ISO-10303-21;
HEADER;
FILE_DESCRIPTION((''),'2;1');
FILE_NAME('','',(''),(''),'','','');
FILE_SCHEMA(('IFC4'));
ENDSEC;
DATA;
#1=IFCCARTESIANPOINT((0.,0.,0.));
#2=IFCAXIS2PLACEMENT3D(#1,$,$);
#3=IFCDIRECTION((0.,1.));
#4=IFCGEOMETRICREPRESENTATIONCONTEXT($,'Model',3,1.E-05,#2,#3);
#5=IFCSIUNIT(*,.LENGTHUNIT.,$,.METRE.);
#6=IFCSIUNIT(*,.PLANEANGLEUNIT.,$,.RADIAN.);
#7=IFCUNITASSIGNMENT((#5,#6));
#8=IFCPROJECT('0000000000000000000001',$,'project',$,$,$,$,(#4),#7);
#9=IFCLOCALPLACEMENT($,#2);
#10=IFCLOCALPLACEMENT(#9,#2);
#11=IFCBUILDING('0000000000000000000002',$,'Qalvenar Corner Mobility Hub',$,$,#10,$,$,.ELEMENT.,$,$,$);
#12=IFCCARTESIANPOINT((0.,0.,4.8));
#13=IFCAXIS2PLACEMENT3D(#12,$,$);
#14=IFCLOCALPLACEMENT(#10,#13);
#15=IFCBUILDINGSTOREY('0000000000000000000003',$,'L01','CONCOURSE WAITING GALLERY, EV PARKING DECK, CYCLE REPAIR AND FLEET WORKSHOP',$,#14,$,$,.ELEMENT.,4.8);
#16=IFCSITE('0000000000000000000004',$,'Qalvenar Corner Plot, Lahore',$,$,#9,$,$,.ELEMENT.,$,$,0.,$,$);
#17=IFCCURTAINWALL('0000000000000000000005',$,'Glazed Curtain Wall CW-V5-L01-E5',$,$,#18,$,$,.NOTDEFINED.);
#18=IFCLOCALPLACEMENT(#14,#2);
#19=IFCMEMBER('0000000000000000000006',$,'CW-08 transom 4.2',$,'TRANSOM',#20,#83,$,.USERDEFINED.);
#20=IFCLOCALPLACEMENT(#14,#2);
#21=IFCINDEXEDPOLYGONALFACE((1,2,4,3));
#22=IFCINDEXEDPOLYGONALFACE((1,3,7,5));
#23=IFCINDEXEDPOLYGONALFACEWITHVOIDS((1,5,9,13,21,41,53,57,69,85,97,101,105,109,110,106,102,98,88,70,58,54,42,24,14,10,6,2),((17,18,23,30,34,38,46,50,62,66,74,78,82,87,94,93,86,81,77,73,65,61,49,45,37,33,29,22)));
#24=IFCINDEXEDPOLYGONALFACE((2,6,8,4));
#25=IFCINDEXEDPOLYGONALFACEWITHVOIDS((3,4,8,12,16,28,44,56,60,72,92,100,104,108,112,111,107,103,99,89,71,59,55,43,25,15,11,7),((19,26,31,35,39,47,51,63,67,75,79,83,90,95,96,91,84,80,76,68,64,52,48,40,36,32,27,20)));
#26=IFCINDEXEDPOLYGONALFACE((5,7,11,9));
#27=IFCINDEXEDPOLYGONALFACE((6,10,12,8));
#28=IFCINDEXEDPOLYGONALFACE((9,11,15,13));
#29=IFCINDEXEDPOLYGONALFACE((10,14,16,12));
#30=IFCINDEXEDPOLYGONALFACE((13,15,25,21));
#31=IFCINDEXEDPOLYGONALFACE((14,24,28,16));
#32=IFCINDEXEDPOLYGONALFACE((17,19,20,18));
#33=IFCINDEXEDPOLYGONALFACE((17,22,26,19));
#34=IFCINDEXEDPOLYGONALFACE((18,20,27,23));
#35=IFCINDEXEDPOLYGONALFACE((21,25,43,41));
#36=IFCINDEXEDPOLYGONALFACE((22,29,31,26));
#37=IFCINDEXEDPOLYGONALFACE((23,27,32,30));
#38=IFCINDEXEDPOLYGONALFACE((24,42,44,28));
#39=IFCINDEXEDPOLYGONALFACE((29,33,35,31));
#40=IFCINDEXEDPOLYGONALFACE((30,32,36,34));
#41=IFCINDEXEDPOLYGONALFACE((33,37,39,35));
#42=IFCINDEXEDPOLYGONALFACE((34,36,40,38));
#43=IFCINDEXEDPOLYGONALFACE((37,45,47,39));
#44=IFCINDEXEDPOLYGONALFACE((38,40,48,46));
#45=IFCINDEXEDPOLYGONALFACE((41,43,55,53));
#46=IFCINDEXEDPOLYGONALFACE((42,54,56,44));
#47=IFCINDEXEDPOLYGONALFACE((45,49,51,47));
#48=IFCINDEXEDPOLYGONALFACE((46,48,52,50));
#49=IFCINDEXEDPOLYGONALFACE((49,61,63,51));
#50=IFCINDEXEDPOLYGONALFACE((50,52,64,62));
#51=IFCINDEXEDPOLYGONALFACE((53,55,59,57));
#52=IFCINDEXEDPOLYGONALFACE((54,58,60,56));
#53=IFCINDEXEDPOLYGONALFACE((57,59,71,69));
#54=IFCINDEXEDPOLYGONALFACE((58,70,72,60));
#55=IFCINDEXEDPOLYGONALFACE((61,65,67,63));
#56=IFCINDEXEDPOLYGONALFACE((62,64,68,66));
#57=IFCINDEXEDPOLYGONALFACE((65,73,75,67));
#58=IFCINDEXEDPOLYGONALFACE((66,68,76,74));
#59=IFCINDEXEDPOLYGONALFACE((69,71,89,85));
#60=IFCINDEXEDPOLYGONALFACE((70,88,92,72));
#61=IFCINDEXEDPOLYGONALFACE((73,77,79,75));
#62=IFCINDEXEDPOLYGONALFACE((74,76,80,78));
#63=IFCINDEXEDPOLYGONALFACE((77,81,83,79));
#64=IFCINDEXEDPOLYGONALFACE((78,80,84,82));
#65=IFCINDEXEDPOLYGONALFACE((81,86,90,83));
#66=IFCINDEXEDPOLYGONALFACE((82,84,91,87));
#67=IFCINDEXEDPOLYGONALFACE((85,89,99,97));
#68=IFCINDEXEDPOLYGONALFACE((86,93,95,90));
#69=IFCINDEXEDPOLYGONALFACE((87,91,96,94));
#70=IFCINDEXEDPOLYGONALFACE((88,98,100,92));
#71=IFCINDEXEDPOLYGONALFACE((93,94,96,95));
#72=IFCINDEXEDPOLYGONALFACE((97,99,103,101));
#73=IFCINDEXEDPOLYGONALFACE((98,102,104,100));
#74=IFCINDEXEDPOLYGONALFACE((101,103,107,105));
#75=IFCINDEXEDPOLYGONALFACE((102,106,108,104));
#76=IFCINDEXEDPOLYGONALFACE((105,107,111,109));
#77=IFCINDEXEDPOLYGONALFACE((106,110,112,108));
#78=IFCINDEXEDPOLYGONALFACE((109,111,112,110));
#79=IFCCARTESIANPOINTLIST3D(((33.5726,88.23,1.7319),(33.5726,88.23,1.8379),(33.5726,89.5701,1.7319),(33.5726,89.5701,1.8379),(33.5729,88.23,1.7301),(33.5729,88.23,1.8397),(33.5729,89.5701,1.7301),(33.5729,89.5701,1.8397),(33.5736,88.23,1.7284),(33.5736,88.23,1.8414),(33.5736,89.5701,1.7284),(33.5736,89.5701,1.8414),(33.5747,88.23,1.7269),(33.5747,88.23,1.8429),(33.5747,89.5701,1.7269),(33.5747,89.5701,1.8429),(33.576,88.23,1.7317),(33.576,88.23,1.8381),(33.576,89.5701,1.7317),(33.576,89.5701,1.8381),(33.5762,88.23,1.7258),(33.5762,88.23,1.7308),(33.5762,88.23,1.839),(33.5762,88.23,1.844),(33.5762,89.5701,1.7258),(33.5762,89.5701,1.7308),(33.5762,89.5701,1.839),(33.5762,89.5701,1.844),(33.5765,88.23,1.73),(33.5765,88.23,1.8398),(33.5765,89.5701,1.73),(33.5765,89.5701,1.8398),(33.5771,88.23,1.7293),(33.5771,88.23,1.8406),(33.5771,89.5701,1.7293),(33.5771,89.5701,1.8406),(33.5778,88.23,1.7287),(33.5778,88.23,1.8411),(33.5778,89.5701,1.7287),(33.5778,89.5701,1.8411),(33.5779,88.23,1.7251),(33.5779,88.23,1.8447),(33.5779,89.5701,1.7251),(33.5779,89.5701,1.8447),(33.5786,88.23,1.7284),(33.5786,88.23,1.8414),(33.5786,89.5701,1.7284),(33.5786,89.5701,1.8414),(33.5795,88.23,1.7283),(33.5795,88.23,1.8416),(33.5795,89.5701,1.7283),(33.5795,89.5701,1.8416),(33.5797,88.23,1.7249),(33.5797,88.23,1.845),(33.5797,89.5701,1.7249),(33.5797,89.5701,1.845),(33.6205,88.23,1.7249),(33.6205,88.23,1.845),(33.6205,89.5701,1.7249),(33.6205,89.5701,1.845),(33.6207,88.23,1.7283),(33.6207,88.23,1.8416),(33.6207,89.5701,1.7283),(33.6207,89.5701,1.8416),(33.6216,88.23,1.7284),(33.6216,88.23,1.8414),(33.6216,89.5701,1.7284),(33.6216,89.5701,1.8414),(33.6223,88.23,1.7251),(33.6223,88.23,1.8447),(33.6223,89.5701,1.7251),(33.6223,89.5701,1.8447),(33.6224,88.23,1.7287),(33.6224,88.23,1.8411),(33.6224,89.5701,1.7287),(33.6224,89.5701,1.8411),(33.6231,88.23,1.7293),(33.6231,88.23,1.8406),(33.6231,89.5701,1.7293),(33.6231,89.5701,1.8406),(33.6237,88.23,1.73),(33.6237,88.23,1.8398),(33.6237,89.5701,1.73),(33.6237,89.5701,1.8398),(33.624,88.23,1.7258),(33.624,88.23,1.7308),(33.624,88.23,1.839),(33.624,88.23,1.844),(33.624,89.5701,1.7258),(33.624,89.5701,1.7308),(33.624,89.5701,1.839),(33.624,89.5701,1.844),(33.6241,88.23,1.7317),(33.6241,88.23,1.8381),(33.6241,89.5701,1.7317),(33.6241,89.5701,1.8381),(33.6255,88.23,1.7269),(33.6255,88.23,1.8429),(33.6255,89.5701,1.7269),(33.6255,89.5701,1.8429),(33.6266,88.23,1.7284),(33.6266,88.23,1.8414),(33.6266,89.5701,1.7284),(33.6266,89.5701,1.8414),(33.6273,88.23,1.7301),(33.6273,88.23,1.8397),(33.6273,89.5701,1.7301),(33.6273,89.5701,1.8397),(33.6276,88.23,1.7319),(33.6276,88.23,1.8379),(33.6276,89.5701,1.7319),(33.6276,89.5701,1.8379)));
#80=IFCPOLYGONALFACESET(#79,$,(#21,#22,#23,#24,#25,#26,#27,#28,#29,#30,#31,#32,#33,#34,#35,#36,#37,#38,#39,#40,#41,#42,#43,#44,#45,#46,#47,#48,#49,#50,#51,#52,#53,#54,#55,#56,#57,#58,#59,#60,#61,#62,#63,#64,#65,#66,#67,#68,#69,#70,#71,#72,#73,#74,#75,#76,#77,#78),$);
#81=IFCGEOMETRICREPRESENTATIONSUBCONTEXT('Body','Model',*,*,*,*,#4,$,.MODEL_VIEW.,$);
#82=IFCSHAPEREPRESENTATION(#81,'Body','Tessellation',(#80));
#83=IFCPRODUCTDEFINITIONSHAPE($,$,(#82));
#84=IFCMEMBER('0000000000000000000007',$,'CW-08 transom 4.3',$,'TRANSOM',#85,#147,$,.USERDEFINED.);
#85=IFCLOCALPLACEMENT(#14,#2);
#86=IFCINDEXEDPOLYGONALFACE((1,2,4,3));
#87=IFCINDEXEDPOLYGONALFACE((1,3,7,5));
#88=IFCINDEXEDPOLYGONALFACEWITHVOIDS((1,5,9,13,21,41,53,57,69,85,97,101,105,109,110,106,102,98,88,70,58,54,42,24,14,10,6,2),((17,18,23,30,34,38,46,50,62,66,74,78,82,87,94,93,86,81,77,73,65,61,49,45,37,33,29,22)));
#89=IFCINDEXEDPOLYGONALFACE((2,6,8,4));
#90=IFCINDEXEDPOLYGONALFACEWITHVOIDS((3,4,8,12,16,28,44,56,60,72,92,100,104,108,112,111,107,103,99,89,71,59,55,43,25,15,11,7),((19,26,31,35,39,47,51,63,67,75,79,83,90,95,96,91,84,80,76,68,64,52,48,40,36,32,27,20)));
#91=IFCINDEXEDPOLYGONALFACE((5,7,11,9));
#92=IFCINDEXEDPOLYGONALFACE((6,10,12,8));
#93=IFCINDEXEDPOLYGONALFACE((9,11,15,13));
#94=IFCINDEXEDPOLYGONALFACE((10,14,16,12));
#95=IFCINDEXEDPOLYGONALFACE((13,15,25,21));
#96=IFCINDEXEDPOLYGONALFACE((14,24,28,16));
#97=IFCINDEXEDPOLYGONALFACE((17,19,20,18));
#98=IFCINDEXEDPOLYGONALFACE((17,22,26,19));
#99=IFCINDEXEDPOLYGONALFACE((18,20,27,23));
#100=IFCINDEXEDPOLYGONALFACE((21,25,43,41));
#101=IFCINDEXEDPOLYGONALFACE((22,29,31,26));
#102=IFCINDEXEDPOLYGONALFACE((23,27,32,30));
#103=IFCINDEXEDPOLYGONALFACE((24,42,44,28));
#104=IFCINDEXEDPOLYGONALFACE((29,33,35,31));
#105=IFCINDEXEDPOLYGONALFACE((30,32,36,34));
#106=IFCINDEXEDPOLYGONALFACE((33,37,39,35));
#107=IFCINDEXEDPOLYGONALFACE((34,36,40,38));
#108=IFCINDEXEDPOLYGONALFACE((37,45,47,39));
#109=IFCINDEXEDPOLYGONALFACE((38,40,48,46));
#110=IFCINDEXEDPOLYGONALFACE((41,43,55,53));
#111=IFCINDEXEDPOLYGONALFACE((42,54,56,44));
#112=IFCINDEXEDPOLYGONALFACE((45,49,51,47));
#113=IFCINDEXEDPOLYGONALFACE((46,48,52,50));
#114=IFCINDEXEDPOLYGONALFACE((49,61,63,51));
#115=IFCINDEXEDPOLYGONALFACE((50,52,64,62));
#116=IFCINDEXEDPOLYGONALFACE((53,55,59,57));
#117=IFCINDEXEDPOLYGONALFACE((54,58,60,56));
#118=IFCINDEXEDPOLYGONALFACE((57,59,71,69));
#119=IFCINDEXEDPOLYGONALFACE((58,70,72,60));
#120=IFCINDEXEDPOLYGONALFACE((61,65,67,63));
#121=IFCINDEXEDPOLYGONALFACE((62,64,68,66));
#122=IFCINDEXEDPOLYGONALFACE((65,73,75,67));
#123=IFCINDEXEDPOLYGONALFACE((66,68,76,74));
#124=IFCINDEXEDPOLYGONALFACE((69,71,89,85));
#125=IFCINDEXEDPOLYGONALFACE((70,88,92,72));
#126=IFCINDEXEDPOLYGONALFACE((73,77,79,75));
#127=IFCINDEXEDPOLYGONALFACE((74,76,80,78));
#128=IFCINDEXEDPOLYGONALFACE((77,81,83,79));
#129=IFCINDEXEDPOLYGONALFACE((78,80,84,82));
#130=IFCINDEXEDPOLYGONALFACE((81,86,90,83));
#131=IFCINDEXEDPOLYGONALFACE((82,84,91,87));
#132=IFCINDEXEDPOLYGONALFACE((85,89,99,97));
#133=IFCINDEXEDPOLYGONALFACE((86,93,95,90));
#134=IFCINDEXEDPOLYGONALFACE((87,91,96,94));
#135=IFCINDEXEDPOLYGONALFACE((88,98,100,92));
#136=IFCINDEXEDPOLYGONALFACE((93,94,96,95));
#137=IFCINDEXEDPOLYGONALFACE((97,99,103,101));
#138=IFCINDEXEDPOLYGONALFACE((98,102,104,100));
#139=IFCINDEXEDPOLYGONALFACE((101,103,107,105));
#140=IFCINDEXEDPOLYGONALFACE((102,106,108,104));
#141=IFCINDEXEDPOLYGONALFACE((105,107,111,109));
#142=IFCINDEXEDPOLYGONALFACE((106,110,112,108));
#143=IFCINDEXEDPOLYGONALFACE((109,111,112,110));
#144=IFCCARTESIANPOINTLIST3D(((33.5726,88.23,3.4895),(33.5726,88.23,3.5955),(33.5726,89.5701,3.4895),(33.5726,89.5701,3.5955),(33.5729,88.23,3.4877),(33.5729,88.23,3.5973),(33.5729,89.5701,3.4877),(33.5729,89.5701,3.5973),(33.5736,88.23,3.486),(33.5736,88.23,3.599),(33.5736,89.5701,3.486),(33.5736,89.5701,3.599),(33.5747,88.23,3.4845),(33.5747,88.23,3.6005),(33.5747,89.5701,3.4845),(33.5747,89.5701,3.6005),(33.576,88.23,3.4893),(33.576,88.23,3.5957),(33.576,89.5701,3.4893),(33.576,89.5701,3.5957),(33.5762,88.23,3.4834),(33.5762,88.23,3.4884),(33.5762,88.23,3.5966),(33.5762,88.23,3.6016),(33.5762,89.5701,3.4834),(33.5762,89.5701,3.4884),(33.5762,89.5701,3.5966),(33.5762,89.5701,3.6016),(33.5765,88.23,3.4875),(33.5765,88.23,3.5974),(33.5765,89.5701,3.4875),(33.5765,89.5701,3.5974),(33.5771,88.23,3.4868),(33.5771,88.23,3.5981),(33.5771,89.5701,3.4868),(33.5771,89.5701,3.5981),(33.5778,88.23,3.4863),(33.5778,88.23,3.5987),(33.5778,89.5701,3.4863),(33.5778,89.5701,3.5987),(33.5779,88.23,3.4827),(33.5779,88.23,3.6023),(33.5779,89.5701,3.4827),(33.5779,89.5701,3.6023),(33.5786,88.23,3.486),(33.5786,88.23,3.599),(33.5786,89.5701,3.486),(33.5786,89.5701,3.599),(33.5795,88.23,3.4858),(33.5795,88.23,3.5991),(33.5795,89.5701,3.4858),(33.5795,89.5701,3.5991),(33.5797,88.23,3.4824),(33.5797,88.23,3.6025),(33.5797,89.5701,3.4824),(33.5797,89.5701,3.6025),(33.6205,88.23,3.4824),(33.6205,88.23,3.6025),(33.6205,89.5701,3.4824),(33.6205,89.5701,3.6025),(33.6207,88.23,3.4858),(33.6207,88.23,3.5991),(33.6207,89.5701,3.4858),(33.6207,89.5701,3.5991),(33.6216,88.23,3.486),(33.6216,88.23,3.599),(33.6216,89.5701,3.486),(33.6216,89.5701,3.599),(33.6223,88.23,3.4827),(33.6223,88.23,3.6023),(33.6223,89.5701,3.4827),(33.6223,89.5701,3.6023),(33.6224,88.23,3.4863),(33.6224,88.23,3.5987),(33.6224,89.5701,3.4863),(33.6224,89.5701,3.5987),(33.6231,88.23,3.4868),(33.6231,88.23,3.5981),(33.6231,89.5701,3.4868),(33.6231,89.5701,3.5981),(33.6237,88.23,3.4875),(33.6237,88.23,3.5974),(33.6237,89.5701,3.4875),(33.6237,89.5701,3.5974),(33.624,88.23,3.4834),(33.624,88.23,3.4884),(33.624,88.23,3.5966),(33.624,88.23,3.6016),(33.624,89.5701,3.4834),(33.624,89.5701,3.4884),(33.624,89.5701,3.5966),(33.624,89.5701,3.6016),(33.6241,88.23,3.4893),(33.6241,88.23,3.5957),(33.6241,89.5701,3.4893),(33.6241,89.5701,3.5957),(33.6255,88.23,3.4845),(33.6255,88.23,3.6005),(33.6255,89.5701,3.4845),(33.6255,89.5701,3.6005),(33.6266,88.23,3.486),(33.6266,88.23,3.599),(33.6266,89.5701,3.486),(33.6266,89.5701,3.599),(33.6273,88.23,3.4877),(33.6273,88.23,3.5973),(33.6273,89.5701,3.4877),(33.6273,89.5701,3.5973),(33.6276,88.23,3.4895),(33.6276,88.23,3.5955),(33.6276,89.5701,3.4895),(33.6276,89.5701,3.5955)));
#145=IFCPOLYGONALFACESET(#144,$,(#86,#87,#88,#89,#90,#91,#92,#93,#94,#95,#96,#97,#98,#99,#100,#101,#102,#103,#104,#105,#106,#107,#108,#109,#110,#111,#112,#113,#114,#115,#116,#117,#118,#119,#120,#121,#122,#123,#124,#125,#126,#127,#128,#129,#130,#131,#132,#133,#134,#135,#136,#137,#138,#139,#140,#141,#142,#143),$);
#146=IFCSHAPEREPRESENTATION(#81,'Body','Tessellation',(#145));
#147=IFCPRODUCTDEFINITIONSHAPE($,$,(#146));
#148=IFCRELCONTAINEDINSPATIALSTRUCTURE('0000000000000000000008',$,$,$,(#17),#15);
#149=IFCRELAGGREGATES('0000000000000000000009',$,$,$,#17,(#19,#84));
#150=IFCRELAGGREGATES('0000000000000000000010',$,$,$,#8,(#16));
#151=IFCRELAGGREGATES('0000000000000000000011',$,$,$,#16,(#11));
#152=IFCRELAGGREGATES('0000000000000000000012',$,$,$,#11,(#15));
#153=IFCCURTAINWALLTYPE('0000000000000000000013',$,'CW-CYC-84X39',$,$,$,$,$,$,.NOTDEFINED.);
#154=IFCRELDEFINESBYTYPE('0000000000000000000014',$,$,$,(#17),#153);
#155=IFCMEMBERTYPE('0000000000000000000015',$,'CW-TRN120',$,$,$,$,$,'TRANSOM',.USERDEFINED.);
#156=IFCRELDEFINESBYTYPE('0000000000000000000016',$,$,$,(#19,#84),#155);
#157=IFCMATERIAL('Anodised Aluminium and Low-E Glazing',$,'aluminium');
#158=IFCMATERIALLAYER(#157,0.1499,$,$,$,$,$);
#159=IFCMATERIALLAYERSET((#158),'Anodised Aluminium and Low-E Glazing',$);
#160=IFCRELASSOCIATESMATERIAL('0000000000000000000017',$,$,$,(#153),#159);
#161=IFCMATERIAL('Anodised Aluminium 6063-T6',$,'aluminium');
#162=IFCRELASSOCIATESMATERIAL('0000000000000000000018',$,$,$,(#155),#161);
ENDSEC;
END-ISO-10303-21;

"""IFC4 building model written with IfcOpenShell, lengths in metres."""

from ifc_helpers import new_model, si_unit, direction, frame, origin, origin_2d, place, context, subcontext, project, spatial, hollow_rectangle, extrude, material, layer, layer_set, material_profile, profile_set, type_object, element, aggregate, save


model = new_model("IFC4")

# Units and contexts
model_context = context("Model", 3, precision=1e-05, world=origin(), true_north=direction((0.0, 1.0)))
body_context = subcontext(model_context, "Body", "Model", "MODEL_VIEW")
ifc_project = project(units=[si_unit("LENGTHUNIT", "METRE"), si_unit("PLANEANGLEUNIT", "RADIAN")], contexts=[model_context])

# Site, building, storey
site_placement = place(None, origin())
site = spatial("IfcSite", under=ifc_project, at=site_placement, Name="Qalvenar Corner Plot, Lahore", CompositionType="ELEMENT", RefElevation=0.0)
building_placement = place(site_placement, origin())
building = spatial("IfcBuilding", under=site, at=building_placement, Name="Qalvenar Corner Mobility Hub", CompositionType="ELEMENT")
storey_placement = place(building_placement, frame((0.0, 0.0, 4.8)))
storey = spatial("IfcBuildingStorey", under=building, at=storey_placement, Name="L01", Description="CONCOURSE WAITING GALLERY, EV PARKING DECK, CYCLE REPAIR AND FLEET WORKSHOP", CompositionType="ELEMENT", Elevation=4.8)

# Curtain wall, members
ifc_material_1 = material(Name="Anodised Aluminium and Low-E Glazing", Category="aluminium")
ifc_layer_1 = layer(ifc_material_1, 0.1499)
ifc_layer_set_1 = layer_set([ifc_layer_1], Name="Anodised Aluminium and Low-E Glazing")
curtain_wall_type = type_object("IfcCurtainWallType", Name="CW-CYC-84X39", PredefinedType="NOTDEFINED", material=ifc_layer_set_1)
curtain_wall_placement = place(storey_placement, origin())
curtain_wall = element("IfcCurtainWall", 1, at=curtain_wall_placement, inside=storey, type_object=curtain_wall_type, Name="Glazed Curtain Wall CW-V5-L01-E5", PredefinedType="NOTDEFINED")
ifc_material_2 = material(Name="Anodised Aluminium 6063-T6", Category="aluminium")
ifc_material_profile_1 = material_profile(ifc_material_2, hollow_rectangle(XDim=0.0549, YDim=0.1201, WallThickness=0.0034, InnerFilletRadius=0.0034, OuterFilletRadius=0.0071, at=origin_2d()), Name="RHS120x55x3.5")
ifc_profile_set_1 = profile_set([ifc_material_profile_1], Name="Anodised Aluminium 6063-T6")
member_type_1 = type_object("IfcMemberType", Name="CW-TRN120", ElementType="TRANSOM", PredefinedType="USERDEFINED", material=ifc_profile_set_1)
member_1_placement = place(storey_placement, frame((33.6001, 88.23, 1.7849), z_axis=(0.0, 1.0, 0.0), x_axis=(-1.0, 0.0, 0.0)))
member_1 = element("IfcMember", 2, at=member_1_placement, type_object=member_type_1, Name="CW-08 transom 4.2", ObjectType="TRANSOM", PredefinedType="USERDEFINED", context=body_context, shape_type="SweptSolid", body=[
    extrude(hollow_rectangle(XDim=0.0549, YDim=0.1201, WallThickness=0.0034, InnerFilletRadius=0.0034, OuterFilletRadius=0.0071, at=origin_2d()), origin(), (0.0, 0.0, 1.0), 1.3401),
])
member_2_placement = place(storey_placement, frame((33.6001, 88.23, 3.5425), z_axis=(0.0, 1.0, 0.0), x_axis=(-1.0, 0.0, 0.0)))
member_2 = element("IfcMember", 3, at=member_2_placement, type_object=member_type_1, Name="CW-08 transom 4.3", ObjectType="TRANSOM", PredefinedType="USERDEFINED", context=body_context, shape_type="SweptSolid", body=[
    extrude(hollow_rectangle(XDim=0.0549, YDim=0.1201, WallThickness=0.0034, InnerFilletRadius=0.0034, OuterFilletRadius=0.0071, at=origin_2d()), origin(), (0.0, 0.0, 1.0), 1.3401),
])
aggregate(curtain_wall, [member_1, member_2])

save(model, "model.ifc")
